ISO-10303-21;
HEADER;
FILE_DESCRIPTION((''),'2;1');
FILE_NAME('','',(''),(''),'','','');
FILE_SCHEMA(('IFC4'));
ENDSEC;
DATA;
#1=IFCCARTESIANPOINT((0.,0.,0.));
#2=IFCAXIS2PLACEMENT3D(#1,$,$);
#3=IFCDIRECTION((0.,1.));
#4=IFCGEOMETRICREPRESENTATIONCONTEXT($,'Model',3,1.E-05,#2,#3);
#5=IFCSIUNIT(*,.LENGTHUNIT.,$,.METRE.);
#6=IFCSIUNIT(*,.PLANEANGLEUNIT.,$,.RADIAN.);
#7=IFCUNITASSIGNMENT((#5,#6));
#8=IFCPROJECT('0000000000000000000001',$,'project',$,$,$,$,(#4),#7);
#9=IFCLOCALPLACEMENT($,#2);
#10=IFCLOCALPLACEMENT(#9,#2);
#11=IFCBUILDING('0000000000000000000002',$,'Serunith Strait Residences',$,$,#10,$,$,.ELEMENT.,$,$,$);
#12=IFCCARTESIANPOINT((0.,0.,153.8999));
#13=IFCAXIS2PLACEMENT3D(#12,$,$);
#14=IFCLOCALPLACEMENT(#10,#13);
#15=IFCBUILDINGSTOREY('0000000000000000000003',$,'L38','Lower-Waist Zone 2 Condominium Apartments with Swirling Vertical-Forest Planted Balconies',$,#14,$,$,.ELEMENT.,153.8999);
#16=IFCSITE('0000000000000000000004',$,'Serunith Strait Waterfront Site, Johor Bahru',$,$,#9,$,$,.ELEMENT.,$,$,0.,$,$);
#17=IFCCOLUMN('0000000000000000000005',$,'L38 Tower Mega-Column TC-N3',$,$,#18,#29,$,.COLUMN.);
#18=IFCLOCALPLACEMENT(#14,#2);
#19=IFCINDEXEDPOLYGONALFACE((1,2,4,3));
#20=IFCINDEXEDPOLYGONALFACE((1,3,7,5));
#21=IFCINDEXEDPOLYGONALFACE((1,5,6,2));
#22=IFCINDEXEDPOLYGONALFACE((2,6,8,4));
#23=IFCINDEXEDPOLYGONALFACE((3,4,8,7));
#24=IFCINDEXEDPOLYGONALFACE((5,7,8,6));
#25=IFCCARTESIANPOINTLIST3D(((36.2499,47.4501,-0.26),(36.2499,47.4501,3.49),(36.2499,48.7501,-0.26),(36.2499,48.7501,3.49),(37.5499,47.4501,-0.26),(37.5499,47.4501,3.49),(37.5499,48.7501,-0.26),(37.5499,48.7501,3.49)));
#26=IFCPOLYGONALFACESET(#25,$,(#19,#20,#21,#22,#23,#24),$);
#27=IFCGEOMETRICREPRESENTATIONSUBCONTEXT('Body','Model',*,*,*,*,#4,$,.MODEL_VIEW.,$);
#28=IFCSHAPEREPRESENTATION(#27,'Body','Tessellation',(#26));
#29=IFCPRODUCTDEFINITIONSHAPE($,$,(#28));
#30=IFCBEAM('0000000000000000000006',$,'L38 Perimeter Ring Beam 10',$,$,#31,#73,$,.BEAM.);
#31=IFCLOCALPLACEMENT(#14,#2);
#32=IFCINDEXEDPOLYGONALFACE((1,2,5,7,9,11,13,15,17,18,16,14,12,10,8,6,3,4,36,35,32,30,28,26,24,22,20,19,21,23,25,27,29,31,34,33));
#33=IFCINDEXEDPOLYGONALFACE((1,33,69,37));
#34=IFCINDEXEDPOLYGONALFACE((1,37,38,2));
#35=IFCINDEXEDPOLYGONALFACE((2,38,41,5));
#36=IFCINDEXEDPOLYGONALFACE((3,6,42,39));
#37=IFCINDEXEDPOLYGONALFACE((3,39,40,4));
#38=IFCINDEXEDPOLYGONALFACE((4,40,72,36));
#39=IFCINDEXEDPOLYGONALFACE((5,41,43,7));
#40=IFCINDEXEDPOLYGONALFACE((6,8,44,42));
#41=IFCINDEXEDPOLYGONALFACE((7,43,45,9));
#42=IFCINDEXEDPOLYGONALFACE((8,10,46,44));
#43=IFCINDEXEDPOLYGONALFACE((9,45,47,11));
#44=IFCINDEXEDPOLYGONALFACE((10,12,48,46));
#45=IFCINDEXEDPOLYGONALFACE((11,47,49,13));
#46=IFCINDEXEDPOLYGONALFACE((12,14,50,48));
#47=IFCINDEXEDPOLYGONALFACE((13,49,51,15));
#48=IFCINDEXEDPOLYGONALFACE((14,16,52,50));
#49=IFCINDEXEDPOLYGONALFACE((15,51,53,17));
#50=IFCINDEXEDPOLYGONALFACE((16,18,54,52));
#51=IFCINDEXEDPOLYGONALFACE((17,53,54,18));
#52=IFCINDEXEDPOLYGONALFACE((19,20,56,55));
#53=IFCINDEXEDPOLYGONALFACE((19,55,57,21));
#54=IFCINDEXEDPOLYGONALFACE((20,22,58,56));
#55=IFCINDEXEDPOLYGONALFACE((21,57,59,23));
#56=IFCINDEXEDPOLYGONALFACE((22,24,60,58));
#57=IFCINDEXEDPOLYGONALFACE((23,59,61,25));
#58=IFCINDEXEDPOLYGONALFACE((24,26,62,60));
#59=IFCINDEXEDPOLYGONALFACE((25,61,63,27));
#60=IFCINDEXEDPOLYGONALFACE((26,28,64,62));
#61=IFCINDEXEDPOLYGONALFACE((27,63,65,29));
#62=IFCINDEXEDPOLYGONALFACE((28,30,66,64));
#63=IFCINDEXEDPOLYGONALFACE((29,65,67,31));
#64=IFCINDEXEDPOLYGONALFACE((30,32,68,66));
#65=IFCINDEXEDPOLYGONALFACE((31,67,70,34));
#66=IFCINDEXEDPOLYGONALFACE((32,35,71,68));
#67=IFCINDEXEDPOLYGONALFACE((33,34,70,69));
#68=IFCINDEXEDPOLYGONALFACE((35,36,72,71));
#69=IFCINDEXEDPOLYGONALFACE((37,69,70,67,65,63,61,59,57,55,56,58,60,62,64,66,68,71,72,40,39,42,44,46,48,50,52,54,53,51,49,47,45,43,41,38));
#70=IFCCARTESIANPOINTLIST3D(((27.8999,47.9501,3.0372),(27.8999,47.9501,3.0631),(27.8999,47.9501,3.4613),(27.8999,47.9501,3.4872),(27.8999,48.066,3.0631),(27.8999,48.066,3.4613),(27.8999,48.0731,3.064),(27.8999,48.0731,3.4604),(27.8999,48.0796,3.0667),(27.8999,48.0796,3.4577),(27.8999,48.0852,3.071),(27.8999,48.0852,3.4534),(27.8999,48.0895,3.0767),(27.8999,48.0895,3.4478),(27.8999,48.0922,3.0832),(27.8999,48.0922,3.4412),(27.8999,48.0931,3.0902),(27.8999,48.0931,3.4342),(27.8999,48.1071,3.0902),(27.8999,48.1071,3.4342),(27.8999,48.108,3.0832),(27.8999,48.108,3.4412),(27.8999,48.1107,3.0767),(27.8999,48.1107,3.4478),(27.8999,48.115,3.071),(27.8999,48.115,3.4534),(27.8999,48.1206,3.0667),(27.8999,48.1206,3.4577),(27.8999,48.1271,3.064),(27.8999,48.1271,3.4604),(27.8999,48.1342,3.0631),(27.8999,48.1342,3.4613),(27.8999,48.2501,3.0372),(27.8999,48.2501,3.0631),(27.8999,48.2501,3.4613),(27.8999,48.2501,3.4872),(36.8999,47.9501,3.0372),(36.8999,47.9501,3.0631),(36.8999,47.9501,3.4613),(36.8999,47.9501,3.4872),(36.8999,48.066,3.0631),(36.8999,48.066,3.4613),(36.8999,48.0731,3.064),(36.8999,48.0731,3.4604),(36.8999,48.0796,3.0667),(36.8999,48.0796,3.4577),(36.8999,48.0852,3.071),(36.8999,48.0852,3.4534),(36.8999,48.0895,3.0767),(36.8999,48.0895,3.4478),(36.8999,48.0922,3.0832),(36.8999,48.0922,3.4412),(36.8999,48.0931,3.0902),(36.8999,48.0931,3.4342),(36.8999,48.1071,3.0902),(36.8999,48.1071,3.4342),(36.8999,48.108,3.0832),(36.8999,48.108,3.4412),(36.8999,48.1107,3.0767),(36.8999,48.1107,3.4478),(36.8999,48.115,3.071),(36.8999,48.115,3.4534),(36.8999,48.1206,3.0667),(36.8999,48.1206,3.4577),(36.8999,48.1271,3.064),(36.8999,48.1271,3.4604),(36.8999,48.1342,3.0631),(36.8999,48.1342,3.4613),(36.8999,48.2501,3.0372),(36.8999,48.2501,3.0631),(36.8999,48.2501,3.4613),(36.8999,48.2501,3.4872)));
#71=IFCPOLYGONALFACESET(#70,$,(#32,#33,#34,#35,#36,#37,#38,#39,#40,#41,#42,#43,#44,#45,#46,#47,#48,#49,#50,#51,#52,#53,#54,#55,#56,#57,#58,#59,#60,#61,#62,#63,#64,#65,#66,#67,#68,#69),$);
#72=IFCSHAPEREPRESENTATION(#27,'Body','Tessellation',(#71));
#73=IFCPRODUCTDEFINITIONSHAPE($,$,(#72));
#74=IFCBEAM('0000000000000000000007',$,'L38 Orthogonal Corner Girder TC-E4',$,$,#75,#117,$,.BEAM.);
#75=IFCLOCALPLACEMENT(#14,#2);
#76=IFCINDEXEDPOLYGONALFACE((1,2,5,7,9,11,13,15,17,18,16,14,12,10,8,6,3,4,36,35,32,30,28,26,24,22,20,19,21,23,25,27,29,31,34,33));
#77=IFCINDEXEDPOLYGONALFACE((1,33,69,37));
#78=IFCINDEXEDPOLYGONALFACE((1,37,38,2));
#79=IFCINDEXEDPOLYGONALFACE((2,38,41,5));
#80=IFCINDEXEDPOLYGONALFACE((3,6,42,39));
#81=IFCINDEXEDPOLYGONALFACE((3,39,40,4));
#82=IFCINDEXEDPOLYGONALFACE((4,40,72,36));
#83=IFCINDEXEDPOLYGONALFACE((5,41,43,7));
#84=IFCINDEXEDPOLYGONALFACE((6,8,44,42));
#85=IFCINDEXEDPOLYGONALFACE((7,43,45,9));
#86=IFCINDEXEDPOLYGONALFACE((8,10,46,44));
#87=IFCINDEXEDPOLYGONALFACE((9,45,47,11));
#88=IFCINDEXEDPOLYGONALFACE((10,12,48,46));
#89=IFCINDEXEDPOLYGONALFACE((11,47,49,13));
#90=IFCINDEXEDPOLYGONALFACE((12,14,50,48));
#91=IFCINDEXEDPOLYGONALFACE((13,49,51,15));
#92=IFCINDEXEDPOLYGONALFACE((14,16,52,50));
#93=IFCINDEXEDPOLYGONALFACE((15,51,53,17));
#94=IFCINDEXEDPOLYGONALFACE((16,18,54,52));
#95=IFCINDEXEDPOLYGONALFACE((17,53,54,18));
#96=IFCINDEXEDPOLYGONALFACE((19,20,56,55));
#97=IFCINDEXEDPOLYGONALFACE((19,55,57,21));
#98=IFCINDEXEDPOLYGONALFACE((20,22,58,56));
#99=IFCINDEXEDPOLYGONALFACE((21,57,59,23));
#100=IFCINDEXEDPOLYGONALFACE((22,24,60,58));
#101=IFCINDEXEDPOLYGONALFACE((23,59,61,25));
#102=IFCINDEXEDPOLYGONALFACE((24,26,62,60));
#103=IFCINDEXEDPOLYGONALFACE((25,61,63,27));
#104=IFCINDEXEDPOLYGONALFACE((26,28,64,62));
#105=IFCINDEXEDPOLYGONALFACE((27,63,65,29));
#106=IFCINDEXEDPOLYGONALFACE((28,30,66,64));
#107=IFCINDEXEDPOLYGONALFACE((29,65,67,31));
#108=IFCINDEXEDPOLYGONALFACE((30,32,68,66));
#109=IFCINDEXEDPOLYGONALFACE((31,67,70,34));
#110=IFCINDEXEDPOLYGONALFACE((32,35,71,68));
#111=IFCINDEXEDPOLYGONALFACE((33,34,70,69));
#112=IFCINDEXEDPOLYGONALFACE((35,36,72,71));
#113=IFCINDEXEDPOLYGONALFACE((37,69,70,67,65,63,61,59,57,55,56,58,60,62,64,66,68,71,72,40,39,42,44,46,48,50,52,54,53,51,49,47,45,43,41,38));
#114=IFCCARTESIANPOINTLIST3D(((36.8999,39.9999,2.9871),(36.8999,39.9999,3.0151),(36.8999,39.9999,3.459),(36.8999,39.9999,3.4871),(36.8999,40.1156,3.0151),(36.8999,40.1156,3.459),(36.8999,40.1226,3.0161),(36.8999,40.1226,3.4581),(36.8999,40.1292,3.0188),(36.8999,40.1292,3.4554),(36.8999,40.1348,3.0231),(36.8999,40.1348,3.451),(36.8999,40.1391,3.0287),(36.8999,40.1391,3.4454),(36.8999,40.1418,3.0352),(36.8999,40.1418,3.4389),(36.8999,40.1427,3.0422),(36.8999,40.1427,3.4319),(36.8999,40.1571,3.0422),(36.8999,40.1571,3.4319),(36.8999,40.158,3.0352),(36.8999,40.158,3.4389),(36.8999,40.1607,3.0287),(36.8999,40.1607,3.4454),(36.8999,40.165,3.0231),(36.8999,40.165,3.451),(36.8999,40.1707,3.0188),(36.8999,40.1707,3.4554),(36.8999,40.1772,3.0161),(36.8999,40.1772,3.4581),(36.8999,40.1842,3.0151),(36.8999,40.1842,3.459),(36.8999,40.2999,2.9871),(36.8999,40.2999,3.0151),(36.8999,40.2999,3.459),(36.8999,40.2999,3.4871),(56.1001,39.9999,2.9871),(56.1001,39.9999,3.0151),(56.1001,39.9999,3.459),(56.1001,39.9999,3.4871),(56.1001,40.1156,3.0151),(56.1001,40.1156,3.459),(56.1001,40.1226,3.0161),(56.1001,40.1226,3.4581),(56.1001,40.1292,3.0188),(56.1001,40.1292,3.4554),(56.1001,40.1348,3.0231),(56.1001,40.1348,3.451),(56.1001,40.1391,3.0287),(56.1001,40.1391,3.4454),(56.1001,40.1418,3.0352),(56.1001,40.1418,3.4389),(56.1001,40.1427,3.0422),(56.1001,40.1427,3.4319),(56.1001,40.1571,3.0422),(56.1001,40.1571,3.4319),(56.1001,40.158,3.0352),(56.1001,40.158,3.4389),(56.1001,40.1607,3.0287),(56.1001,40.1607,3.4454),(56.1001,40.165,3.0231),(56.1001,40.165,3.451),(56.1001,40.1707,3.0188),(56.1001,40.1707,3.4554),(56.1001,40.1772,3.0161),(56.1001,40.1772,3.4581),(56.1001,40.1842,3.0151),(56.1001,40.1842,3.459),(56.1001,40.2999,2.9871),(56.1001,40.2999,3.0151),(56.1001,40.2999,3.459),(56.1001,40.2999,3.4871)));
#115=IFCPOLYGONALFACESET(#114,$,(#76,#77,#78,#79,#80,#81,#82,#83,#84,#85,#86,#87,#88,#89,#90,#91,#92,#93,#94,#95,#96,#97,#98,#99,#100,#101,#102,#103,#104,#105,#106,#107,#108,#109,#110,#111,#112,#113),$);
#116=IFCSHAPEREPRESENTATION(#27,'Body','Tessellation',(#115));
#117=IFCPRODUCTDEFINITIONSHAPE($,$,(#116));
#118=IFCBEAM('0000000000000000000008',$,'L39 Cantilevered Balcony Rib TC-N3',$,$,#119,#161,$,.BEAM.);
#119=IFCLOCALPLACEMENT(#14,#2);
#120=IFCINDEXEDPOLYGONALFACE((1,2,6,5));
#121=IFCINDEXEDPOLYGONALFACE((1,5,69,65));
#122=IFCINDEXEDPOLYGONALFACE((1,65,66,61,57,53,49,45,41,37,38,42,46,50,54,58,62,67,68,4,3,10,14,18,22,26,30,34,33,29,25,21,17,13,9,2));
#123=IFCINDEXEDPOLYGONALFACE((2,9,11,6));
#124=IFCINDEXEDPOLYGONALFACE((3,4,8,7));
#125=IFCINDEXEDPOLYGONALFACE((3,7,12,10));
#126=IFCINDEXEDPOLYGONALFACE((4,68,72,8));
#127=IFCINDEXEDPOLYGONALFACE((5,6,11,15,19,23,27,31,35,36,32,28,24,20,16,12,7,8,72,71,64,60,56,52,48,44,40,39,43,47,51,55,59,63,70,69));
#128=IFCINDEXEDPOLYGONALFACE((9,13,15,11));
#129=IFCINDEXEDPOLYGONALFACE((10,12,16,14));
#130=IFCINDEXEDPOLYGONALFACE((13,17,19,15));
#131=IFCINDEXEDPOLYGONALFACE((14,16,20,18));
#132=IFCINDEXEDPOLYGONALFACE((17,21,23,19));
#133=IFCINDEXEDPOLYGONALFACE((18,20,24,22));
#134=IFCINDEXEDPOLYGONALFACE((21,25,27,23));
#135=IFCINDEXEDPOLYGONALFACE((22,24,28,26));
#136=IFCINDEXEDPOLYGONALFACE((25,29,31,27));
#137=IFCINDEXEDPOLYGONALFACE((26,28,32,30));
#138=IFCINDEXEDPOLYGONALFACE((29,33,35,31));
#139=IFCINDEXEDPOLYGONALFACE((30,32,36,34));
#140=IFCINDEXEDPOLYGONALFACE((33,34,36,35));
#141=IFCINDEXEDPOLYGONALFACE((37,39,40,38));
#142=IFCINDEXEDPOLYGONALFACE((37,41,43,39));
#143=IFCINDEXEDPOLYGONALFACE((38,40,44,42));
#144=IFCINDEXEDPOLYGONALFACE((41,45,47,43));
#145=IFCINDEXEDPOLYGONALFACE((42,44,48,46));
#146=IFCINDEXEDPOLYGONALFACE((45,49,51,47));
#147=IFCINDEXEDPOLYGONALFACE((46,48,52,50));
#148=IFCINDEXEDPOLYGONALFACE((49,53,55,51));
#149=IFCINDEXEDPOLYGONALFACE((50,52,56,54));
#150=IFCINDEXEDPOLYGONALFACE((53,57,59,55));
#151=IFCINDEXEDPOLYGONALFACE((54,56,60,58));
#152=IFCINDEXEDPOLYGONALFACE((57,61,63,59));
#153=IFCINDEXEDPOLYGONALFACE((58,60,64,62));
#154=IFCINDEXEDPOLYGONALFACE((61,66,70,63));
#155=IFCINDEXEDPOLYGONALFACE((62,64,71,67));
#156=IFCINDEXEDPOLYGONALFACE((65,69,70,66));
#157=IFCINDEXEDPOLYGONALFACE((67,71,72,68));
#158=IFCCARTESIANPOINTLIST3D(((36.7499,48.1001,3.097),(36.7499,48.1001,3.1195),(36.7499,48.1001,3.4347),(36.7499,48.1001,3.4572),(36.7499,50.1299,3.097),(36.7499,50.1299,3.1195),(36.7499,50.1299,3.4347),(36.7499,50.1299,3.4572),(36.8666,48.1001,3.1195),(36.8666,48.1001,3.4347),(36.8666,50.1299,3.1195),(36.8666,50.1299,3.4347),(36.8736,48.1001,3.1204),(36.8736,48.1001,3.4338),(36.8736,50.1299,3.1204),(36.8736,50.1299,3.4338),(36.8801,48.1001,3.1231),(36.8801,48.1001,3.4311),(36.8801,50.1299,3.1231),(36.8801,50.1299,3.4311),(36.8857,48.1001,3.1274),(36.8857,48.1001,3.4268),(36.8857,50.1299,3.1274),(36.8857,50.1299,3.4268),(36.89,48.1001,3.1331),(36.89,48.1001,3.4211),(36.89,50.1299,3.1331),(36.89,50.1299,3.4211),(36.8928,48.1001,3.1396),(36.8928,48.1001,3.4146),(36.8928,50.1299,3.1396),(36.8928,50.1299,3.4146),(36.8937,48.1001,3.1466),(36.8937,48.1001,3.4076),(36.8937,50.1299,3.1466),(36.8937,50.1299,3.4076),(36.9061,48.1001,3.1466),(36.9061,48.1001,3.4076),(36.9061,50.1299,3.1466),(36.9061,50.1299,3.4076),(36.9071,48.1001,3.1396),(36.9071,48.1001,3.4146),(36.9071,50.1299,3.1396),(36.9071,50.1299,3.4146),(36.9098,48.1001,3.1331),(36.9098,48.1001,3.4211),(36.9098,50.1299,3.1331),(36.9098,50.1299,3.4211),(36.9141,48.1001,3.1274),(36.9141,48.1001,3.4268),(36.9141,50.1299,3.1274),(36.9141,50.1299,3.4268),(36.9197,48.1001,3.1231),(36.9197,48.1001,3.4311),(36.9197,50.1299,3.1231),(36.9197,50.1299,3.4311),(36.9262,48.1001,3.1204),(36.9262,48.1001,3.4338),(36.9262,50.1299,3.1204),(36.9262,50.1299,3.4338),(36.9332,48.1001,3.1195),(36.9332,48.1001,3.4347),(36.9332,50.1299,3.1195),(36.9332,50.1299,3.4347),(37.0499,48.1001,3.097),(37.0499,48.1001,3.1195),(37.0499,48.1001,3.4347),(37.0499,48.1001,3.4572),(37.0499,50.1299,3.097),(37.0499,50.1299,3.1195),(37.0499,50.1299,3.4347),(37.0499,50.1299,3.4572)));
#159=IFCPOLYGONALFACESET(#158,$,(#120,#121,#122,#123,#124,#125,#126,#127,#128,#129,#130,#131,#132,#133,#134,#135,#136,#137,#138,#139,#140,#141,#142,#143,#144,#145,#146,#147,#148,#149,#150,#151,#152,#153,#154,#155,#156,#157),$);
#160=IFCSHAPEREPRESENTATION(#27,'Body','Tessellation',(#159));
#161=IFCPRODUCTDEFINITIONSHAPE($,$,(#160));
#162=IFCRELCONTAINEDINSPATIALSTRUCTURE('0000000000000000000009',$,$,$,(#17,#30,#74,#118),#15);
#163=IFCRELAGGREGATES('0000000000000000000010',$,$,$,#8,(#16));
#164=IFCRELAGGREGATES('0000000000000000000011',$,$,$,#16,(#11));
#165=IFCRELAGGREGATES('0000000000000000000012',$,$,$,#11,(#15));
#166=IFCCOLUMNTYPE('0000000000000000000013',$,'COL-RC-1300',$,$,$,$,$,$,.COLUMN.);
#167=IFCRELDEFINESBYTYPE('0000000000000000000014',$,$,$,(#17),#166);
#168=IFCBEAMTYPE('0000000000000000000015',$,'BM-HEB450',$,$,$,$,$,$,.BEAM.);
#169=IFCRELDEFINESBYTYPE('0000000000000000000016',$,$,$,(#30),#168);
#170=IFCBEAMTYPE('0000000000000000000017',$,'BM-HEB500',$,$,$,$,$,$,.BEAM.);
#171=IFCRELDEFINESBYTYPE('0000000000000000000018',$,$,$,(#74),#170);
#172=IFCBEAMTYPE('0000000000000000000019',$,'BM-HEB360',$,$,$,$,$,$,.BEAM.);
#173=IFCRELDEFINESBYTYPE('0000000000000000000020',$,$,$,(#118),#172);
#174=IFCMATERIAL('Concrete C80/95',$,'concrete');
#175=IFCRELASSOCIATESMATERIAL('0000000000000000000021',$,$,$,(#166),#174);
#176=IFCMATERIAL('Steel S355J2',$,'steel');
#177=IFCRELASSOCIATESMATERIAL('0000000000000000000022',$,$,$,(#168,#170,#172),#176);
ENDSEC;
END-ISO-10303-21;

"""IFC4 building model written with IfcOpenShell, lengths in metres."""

from ifc_helpers import new_model, si_unit, direction, frame, origin, origin_2d, place, context, subcontext, project, spatial, rectangle, i_section, extrude, source, transform, mapped, material, material_profile, profile_set, type_object, element, save


model = new_model("IFC4")

# Units and contexts
model_context = context("Model", 3, precision=1e-05, world=origin(), true_north=direction((0.0, 1.0)))
body_context = subcontext(model_context, "Body", "Model", "MODEL_VIEW")
ifc_project = project(units=[si_unit("LENGTHUNIT", "METRE"), si_unit("PLANEANGLEUNIT", "RADIAN")], contexts=[model_context])

# Site, building, storey
site_placement = place(None, origin())
site = spatial("IfcSite", under=ifc_project, at=site_placement, Name="Serunith Strait Waterfront Site, Johor Bahru", CompositionType="ELEMENT", RefElevation=0.0)
building_placement = place(site_placement, origin())
building = spatial("IfcBuilding", under=site, at=building_placement, Name="Serunith Strait Residences", CompositionType="ELEMENT")
storey_placement = place(building_placement, frame((0.0, 0.0, 153.8999)))
storey = spatial("IfcBuildingStorey", under=building, at=storey_placement, Name="L38", Description="Lower-Waist Zone 2 Condominium Apartments with Swirling Vertical-Forest Planted Balconies", CompositionType="ELEMENT", Elevation=153.8999)

# Column
ifc_material_1 = material(Name="Concrete C80/95", Category="concrete")
ifc_material_profile_1 = material_profile(ifc_material_1, rectangle(XDim=1.3, YDim=1.3, at=origin_2d()), Name="RC 1300x1300")
ifc_profile_set_1 = profile_set([ifc_material_profile_1], Name="Concrete C80/95")
column_type = type_object("IfcColumnType", Name="COL-RC-1300", PredefinedType="COLUMN", material=ifc_profile_set_1)
shared_shape_1 = source(origin(), body_context, "Body", "SweptSolid", [
    extrude(rectangle(XDim=1.3, YDim=1.3, at=origin_2d()), origin(), (0.0, 0.0, 1.0), 3.75),
])
column_placement = place(storey_placement, frame((36.8999, 48.1001, -0.26), z_axis=(0.0, 0.0, 1.0), x_axis=(1.0, 0.0, 0.0)))
element("IfcColumn", 1, at=column_placement, inside=storey, type_object=column_type, Name="L38 Tower Mega-Column TC-N3", PredefinedType="COLUMN", context=body_context, shape_type="MappedRepresentation", body=[
    mapped(shared_shape_1, transform((0.0, 0.0, 0.0), scale=1.0)),
])

# Beams
ifc_material_2 = material(Name="Steel S355J2", Category="steel")
ifc_material_profile_2 = material_profile(ifc_material_2, i_section(OverallWidth=0.3, OverallDepth=0.45, WebThickness=0.0139, FlangeThickness=0.0259, FilletRadius=0.0271, at=origin_2d()), Name="HEB 450")
ifc_profile_set_2 = profile_set([ifc_material_profile_2], Name="Steel S355J2")
beam_type_1 = type_object("IfcBeamType", Name="BM-HEB450", PredefinedType="BEAM", material=ifc_profile_set_2)
shared_shape_2 = source(origin(), body_context, "Body", "SweptSolid", [
    extrude(i_section(OverallWidth=0.3, OverallDepth=0.45, WebThickness=0.0139, FlangeThickness=0.0259, FilletRadius=0.0271, at=origin_2d()), origin(), (0.0, 0.0, 1.0), 9.0),
])
beam_1_placement = place(storey_placement, frame((36.8999, 48.1001, 3.2622), z_axis=(-1.0, 0.0, 0.0), x_axis=(0.0, -1.0, 0.0)))
element("IfcBeam", 2, at=beam_1_placement, inside=storey, type_object=beam_type_1, Name="L38 Perimeter Ring Beam 10", PredefinedType="BEAM", context=body_context, shape_type="MappedRepresentation", body=[
    mapped(shared_shape_2, transform((0.0, 0.0, 0.0), scale=1.0)),
])
ifc_material_profile_3 = material_profile(ifc_material_2, i_section(OverallWidth=0.3, OverallDepth=0.5, WebThickness=0.0144, FlangeThickness=0.0281, FilletRadius=0.0271, at=origin_2d()), Name="HEB 500")
ifc_profile_set_3 = profile_set([ifc_material_profile_3], Name="Steel S355J2")
beam_type_2 = type_object("IfcBeamType", Name="BM-HEB500", PredefinedType="BEAM", material=ifc_profile_set_3)
shared_shape_3 = source(origin(), body_context, "Body", "SweptSolid", [
    extrude(i_section(OverallWidth=0.3, OverallDepth=0.5, WebThickness=0.0144, FlangeThickness=0.0281, FilletRadius=0.0271, at=origin_2d()), origin(), (0.0, 0.0, 1.0), 19.2002),
])
beam_2_placement = place(storey_placement, frame((36.8999, 40.1499, 3.2371), z_axis=(1.0, 0.0, 0.0), x_axis=(0.0, 1.0, 0.0)))
element("IfcBeam", 3, at=beam_2_placement, inside=storey, type_object=beam_type_2, Name="L38 Orthogonal Corner Girder TC-E4", PredefinedType="BEAM", context=body_context, shape_type="MappedRepresentation", body=[
    mapped(shared_shape_3, transform((0.0, 0.0, 0.0), scale=1.0)),
])
ifc_material_profile_4 = material_profile(ifc_material_2, i_section(OverallWidth=0.3, OverallDepth=0.3601, WebThickness=0.0125, FlangeThickness=0.0225, FilletRadius=0.0271, at=origin_2d()), Name="HEB 360")
ifc_profile_set_4 = profile_set([ifc_material_profile_4], Name="Steel S355J2")
beam_type_3 = type_object("IfcBeamType", Name="BM-HEB360", PredefinedType="BEAM", material=ifc_profile_set_4)
shared_shape_4 = source(origin(), body_context, "Body", "SweptSolid", [
    extrude(i_section(OverallWidth=0.3, OverallDepth=0.3601, WebThickness=0.0125, FlangeThickness=0.0225, FilletRadius=0.0271, at=origin_2d()), origin(), (0.0, 0.0, 1.0), 2.0298),
])
beam_3_placement = place(storey_placement, frame((36.8999, 48.1001, 3.2771), z_axis=(0.0, 1.0, 0.0), x_axis=(-1.0, 0.0, 0.0)))
element("IfcBeam", 4, at=beam_3_placement, inside=storey, type_object=beam_type_3, Name="L39 Cantilevered Balcony Rib TC-N3", PredefinedType="BEAM", context=body_context, shape_type="MappedRepresentation", body=[
    mapped(shared_shape_4, transform((0.0, 0.0, 0.0), scale=1.0)),
])

save(model, "model.ifc")
